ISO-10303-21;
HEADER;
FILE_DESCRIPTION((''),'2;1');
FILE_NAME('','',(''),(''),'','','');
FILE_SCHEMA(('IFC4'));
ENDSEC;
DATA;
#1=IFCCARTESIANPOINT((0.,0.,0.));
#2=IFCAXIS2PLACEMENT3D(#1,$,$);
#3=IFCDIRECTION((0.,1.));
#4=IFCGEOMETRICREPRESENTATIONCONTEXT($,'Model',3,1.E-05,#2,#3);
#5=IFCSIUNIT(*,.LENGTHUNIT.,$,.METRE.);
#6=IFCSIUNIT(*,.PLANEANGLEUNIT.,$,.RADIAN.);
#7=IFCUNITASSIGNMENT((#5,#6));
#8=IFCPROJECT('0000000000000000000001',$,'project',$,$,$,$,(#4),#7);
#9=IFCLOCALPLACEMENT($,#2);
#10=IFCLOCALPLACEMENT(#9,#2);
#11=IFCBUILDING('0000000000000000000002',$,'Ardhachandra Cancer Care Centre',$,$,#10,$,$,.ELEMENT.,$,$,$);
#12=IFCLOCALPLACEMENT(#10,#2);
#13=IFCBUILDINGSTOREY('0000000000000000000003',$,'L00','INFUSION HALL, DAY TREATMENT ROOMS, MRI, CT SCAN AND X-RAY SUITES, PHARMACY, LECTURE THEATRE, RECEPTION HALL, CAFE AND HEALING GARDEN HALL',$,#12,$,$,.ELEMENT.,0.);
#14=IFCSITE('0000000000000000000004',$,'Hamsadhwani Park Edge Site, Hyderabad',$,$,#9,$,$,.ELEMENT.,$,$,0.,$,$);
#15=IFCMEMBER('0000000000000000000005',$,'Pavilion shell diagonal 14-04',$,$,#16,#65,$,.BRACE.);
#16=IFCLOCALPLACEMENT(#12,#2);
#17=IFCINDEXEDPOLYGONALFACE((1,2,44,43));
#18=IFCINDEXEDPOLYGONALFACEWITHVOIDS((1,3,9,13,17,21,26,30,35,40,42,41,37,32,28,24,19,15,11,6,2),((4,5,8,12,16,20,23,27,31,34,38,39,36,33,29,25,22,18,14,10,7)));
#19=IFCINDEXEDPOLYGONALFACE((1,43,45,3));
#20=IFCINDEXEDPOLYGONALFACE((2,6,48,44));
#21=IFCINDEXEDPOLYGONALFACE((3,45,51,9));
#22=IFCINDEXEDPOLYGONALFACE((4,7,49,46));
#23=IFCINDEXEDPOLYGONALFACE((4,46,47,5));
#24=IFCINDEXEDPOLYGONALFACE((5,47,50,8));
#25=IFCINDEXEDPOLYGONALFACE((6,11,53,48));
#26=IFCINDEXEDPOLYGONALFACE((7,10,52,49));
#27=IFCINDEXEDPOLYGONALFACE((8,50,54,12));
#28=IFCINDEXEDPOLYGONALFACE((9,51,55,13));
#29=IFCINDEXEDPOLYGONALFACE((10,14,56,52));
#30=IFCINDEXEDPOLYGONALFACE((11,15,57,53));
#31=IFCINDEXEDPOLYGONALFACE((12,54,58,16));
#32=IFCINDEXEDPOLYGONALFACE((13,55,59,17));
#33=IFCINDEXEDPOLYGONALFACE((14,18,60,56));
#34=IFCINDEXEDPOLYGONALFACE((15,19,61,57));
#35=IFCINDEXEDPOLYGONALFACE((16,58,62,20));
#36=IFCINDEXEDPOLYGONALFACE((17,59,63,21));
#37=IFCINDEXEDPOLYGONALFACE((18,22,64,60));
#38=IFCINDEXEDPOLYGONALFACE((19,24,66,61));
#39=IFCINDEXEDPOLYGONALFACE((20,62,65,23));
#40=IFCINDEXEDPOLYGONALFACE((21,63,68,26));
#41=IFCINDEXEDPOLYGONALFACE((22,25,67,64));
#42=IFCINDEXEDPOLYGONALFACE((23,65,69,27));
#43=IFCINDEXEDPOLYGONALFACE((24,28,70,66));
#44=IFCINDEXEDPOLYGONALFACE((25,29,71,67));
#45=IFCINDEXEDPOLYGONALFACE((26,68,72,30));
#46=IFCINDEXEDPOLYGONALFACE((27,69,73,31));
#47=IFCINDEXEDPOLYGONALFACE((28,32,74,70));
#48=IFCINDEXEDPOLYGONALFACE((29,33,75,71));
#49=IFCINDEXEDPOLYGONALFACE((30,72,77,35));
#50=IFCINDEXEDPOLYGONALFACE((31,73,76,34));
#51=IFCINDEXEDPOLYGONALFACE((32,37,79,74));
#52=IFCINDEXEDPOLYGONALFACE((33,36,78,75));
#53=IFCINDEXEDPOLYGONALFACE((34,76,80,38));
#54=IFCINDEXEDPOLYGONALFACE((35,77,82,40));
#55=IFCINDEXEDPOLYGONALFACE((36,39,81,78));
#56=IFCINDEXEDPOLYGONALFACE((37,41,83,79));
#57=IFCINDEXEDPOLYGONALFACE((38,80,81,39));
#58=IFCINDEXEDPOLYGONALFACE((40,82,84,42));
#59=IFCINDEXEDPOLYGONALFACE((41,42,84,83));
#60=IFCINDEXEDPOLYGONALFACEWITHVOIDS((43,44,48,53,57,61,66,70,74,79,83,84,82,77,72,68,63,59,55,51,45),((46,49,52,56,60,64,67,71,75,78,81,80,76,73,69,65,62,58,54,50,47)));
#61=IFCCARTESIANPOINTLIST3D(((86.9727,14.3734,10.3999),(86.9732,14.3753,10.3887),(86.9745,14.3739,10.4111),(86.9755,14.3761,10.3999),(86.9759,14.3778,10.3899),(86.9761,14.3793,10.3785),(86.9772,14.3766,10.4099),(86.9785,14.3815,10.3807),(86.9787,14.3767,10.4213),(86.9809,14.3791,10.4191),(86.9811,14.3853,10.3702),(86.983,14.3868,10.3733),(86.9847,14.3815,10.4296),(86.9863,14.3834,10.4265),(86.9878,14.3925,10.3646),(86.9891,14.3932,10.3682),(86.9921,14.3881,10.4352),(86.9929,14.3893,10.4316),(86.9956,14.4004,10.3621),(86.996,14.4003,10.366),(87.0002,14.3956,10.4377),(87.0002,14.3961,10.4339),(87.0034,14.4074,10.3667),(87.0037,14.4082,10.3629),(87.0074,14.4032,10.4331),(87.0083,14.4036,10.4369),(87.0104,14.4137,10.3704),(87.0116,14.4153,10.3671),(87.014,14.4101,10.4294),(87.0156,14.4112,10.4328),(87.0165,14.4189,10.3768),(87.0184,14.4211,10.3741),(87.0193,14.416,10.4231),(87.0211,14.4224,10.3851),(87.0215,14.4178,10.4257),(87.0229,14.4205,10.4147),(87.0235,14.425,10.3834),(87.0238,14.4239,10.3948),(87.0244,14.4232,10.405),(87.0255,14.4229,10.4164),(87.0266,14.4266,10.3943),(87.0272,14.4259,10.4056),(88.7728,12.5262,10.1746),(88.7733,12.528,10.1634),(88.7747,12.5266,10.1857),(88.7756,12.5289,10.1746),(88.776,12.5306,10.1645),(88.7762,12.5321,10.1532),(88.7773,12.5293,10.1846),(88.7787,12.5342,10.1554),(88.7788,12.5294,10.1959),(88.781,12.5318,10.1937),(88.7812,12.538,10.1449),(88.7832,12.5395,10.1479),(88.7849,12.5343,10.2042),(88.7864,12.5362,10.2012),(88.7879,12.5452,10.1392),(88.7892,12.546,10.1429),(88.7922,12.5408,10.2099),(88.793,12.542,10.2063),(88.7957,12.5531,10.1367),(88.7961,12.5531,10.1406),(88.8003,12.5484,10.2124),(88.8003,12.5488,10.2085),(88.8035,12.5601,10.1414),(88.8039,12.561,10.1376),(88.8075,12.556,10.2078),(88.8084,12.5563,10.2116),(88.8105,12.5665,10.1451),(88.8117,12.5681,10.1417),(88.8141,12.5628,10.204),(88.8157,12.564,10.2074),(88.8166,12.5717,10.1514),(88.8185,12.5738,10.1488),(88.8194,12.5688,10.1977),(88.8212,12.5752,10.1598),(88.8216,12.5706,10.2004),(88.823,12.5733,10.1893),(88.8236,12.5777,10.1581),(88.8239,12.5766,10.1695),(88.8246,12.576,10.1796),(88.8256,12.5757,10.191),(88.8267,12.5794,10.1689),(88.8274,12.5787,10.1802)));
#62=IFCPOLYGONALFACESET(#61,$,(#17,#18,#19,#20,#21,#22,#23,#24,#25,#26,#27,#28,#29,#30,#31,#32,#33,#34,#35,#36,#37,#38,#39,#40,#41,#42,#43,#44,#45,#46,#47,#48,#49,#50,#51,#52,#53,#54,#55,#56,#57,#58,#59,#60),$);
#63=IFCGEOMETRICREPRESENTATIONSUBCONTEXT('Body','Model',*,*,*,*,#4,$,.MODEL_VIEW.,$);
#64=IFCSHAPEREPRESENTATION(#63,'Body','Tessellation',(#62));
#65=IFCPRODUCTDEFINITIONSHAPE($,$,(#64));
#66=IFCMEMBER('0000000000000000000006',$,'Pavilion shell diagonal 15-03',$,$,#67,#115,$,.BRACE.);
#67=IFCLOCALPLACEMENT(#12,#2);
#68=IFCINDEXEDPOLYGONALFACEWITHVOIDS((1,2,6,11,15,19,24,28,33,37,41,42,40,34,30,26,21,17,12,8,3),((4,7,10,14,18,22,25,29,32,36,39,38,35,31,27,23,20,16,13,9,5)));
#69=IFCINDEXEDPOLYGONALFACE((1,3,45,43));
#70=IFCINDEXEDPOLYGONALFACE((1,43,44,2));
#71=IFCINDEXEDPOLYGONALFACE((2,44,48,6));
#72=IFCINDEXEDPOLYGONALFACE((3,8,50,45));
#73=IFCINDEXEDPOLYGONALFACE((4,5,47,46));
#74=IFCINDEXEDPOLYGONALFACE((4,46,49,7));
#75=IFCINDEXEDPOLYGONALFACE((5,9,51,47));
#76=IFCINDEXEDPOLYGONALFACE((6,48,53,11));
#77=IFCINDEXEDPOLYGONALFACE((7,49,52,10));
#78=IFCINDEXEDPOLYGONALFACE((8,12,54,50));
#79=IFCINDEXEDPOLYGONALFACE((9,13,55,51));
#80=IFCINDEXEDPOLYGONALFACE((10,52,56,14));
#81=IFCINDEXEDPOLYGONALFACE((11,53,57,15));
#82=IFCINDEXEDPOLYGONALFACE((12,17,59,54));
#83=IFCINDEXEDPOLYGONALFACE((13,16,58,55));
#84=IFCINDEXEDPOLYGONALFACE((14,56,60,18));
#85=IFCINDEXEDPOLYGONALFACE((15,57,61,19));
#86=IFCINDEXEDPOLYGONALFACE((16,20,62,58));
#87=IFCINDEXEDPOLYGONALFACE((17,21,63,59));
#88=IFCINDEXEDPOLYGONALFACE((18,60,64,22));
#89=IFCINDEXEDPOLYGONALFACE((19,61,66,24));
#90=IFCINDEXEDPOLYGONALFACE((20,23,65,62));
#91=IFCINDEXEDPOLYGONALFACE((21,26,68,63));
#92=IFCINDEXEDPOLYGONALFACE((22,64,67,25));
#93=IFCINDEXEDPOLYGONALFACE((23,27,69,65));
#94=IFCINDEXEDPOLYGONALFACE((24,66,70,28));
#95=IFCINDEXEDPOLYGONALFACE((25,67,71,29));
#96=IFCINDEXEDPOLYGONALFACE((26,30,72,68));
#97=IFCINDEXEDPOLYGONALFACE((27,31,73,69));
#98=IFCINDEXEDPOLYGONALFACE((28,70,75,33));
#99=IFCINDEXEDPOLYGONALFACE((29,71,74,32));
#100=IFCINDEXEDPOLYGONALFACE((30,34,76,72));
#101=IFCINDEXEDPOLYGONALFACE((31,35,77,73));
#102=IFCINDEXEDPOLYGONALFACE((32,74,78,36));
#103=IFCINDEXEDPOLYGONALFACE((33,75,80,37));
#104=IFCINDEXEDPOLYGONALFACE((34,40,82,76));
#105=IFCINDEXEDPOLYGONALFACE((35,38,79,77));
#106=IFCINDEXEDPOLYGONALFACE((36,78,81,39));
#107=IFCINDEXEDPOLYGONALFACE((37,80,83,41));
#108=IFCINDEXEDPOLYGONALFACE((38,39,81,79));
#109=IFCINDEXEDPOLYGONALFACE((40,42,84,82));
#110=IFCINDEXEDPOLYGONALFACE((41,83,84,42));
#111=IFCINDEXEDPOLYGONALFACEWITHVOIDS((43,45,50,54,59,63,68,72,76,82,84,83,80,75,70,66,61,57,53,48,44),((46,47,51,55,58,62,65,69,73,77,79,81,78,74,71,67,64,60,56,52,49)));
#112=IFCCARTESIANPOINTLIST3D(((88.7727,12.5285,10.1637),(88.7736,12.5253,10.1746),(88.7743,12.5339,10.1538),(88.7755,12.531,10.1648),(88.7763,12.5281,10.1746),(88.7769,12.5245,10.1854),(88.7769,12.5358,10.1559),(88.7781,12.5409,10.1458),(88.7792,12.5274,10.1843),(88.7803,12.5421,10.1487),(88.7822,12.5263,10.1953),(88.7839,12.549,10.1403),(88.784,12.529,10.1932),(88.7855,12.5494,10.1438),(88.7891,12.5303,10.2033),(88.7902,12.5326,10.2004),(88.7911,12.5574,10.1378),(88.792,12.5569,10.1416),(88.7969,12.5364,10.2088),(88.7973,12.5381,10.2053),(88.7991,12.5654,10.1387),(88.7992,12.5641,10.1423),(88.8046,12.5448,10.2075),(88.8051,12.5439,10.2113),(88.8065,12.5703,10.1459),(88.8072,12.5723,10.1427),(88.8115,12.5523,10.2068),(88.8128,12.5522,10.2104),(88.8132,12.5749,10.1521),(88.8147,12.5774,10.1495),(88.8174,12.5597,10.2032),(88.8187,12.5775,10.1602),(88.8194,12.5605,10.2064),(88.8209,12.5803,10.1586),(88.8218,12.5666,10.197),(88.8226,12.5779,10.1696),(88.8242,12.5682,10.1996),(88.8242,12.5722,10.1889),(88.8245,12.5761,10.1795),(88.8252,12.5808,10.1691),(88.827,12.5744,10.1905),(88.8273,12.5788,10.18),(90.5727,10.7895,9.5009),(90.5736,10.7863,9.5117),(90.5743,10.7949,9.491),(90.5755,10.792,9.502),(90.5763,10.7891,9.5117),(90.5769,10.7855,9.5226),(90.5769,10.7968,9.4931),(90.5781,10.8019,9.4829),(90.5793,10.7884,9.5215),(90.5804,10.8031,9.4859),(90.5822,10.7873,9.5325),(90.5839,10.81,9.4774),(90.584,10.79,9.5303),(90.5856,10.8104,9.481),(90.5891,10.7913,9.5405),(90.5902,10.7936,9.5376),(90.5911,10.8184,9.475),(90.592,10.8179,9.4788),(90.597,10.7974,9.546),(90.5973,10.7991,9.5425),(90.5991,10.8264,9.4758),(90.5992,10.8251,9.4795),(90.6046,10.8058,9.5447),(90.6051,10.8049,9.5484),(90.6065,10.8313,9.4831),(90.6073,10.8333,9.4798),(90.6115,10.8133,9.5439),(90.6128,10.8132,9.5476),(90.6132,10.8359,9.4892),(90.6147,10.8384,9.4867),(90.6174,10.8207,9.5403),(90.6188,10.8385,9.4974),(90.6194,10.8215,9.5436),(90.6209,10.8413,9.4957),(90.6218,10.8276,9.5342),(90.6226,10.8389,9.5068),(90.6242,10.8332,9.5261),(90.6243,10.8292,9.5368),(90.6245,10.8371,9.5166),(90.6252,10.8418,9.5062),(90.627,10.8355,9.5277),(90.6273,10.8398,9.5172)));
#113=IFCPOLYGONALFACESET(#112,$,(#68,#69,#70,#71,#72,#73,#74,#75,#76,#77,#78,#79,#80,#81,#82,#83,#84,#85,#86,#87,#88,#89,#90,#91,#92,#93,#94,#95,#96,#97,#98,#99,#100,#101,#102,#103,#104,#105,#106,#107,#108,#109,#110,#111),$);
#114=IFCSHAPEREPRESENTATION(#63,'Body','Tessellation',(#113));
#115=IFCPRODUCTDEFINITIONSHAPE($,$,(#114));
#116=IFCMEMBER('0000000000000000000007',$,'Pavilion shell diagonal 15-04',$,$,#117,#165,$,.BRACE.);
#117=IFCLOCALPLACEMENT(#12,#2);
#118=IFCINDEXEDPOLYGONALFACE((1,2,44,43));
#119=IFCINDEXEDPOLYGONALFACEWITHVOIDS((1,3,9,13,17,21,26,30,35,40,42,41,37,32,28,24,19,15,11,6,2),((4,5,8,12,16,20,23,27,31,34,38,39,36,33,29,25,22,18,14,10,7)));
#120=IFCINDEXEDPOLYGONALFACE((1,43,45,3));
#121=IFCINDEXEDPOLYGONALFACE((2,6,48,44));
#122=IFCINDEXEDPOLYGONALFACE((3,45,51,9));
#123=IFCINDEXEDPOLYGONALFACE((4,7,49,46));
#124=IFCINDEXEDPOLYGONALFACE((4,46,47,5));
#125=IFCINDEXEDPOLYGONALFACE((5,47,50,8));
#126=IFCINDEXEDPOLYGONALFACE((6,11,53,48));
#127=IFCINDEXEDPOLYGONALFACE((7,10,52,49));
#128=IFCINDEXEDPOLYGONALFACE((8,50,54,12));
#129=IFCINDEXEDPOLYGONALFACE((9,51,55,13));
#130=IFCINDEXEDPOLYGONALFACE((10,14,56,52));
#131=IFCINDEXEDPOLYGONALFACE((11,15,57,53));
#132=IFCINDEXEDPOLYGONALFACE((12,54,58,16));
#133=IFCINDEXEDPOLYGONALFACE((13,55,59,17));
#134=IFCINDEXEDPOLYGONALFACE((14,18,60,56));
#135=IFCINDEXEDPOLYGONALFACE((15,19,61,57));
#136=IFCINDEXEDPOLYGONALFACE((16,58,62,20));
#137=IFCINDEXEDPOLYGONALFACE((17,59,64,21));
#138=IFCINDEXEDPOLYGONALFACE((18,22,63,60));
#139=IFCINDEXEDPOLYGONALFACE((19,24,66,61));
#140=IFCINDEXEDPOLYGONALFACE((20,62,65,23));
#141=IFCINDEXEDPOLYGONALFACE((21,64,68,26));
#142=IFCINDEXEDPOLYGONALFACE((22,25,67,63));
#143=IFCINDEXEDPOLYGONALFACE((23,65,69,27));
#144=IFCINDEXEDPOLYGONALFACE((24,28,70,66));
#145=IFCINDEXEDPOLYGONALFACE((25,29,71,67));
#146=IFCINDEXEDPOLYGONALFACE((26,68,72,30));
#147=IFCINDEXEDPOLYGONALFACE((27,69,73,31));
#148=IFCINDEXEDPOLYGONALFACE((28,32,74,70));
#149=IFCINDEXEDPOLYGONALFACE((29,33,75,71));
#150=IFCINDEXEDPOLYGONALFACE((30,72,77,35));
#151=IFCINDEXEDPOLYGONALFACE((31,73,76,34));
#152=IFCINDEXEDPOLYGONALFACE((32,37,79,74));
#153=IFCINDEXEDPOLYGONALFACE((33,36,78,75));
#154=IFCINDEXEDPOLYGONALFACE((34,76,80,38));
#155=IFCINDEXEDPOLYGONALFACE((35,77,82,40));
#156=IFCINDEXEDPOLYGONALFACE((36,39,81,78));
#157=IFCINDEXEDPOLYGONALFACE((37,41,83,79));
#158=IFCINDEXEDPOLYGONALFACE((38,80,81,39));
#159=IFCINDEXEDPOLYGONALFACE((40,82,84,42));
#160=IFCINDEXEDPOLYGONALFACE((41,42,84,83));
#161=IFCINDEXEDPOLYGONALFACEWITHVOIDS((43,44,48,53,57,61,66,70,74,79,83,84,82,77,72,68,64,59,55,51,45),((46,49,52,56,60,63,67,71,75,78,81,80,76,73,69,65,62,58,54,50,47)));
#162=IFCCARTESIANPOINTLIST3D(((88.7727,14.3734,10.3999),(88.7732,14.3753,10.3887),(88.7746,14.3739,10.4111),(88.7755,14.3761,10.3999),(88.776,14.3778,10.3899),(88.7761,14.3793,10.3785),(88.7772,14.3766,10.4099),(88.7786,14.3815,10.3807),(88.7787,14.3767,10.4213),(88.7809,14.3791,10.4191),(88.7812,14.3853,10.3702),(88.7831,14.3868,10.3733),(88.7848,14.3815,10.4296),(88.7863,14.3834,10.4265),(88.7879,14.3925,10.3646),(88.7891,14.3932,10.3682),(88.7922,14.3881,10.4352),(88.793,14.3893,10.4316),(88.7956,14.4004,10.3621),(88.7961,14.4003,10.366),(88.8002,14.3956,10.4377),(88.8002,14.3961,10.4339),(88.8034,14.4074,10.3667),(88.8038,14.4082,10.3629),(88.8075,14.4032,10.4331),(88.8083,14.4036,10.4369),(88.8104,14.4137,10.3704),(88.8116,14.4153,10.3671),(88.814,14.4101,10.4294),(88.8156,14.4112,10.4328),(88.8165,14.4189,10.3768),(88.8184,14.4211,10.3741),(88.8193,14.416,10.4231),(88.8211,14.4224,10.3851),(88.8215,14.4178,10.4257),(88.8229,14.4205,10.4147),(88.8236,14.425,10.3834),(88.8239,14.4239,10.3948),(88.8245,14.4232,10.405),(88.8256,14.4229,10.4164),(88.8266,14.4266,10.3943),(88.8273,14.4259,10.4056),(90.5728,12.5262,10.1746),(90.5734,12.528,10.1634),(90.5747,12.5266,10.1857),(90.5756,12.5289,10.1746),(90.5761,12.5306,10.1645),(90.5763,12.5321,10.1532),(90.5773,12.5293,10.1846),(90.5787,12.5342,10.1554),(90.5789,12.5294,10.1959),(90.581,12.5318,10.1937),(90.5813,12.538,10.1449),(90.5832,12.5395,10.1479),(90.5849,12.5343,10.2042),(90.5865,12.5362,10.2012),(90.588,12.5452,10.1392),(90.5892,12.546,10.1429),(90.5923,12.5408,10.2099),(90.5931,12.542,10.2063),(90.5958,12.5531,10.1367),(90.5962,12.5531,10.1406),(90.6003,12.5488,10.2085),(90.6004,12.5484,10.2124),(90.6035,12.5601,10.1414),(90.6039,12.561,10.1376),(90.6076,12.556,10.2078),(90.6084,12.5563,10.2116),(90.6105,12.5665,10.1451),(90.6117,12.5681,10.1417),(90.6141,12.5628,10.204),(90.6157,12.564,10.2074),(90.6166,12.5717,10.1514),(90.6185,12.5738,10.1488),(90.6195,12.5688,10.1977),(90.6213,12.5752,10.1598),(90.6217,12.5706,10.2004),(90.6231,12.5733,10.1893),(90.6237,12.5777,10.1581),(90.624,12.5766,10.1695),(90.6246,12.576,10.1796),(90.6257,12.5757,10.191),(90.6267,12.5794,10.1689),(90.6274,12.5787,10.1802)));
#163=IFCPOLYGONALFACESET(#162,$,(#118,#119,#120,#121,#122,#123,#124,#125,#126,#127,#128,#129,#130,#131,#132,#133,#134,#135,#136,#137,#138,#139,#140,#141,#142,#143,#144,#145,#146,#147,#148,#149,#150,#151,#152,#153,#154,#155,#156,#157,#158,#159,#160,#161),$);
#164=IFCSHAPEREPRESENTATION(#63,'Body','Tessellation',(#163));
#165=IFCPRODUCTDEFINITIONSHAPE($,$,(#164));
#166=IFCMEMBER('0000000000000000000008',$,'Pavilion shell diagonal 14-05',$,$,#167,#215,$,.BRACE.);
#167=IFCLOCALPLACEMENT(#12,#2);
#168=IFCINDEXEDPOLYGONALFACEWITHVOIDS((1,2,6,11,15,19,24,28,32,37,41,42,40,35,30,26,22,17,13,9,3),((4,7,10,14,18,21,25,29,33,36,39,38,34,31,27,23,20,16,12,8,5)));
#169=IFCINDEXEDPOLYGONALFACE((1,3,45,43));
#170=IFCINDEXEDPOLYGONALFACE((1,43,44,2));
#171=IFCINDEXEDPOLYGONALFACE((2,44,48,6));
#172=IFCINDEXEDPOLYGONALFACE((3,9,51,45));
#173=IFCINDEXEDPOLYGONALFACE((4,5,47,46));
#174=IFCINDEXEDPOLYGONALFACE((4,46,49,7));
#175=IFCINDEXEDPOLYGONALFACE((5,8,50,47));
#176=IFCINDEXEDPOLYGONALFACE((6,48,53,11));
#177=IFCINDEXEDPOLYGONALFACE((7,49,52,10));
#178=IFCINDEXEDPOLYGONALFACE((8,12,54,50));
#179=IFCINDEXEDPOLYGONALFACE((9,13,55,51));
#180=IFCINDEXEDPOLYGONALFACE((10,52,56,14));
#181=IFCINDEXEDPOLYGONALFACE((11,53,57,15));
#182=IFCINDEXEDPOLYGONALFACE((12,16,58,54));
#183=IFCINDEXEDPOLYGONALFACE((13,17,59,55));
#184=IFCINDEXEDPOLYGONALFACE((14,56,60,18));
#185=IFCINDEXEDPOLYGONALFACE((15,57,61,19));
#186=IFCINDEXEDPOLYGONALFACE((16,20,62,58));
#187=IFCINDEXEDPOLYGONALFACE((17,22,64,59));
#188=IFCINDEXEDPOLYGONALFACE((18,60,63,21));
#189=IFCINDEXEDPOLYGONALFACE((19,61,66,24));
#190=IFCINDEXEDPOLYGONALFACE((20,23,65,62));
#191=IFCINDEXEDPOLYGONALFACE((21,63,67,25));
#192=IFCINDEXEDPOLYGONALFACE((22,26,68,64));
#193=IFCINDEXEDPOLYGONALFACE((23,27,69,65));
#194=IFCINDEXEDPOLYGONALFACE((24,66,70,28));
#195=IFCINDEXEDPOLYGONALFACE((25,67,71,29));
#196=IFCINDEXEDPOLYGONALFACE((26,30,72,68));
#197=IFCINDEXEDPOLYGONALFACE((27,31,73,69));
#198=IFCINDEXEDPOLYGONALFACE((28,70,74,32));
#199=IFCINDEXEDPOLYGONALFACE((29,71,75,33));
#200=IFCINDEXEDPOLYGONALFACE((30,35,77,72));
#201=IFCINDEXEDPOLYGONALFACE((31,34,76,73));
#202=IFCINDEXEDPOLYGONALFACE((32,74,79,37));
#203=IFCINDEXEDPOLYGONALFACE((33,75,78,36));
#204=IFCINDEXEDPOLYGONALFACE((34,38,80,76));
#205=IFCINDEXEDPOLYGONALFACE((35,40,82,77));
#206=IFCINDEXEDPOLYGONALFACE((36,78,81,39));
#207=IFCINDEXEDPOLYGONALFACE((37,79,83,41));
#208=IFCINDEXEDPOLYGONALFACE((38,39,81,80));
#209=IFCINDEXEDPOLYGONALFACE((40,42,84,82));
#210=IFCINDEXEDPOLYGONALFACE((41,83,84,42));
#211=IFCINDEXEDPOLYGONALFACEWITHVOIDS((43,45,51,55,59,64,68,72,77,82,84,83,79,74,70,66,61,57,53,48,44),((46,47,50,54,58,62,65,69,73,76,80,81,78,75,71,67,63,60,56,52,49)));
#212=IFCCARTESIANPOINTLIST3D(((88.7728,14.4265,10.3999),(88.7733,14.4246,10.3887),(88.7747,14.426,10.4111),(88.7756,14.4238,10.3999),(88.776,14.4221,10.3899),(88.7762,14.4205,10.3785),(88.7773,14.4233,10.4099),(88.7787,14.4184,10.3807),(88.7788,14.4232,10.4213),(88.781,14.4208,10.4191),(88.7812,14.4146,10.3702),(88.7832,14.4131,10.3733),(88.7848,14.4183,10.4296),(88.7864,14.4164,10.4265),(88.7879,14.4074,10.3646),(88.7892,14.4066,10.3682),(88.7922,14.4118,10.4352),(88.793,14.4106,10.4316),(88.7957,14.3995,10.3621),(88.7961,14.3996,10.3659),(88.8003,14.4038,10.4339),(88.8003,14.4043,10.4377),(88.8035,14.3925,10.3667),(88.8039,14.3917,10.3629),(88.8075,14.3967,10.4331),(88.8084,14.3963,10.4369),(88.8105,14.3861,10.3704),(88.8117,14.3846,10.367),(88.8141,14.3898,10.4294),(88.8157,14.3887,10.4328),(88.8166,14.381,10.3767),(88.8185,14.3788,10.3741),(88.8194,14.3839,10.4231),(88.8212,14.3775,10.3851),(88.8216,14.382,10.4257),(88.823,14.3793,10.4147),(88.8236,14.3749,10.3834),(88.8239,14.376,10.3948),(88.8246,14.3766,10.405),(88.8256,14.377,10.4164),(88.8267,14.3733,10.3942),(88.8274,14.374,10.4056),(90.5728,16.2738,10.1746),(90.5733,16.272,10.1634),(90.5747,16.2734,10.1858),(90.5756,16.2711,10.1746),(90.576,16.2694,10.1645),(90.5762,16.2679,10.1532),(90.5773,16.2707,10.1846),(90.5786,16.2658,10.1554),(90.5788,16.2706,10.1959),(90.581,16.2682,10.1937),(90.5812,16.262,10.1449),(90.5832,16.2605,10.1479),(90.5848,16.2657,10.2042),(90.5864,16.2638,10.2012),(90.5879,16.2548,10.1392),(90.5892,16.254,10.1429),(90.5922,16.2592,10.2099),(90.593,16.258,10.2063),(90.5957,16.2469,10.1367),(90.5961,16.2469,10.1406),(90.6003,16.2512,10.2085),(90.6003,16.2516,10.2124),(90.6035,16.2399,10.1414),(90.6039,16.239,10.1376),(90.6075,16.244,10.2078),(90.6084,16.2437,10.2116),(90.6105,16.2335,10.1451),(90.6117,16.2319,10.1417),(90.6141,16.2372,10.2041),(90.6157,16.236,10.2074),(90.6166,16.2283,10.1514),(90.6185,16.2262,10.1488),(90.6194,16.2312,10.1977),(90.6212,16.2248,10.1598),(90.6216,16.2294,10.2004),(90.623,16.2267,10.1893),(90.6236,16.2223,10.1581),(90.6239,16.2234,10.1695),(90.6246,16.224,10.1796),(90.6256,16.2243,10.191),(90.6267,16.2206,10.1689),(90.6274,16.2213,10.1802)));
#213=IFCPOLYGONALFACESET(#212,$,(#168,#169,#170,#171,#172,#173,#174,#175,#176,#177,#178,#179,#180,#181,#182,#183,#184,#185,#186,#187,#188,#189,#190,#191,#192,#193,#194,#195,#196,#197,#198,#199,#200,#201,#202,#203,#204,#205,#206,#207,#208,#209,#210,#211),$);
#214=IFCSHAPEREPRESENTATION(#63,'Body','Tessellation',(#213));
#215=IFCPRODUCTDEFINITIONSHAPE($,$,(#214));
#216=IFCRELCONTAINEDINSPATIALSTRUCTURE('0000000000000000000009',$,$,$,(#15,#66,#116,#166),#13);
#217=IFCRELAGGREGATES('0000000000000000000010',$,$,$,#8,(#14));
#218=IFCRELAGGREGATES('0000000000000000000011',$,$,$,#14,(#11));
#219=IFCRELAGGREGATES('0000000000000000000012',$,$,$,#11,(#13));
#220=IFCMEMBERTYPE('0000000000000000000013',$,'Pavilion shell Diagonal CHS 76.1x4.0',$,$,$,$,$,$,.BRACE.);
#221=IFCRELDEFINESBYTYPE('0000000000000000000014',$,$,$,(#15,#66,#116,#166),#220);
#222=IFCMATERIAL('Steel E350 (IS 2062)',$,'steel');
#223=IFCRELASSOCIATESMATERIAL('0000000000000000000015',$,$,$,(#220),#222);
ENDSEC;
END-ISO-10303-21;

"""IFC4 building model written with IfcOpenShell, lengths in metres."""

from ifc_helpers import new_model, si_unit, direction, frame, origin, origin_2d, place, context, subcontext, project, spatial, hollow_circle, extrude, material, material_profile, profile_set, type_object, element, save


model = new_model("IFC4")

# Units and contexts
model_context = context("Model", 3, precision=1e-05, world=origin(), true_north=direction((0.0, 1.0)))
body_context = subcontext(model_context, "Body", "Model", "MODEL_VIEW")
ifc_project = project(units=[si_unit("LENGTHUNIT", "METRE"), si_unit("PLANEANGLEUNIT", "RADIAN")], contexts=[model_context])

# Site, building, storey
site_placement = place(None, origin())
site = spatial("IfcSite", under=ifc_project, at=site_placement, Name="Hamsadhwani Park Edge Site, Hyderabad", CompositionType="ELEMENT", RefElevation=0.0)
building_placement = place(site_placement, origin())
building = spatial("IfcBuilding", under=site, at=building_placement, Name="Ardhachandra Cancer Care Centre", CompositionType="ELEMENT")
storey_placement = place(building_placement, origin())
storey = spatial("IfcBuildingStorey", under=building, at=storey_placement, Name="L00", Description="INFUSION HALL, DAY TREATMENT ROOMS, MRI, CT SCAN AND X-RAY SUITES, PHARMACY, LECTURE THEATRE, RECEPTION HALL, CAFE AND HEALING GARDEN HALL", CompositionType="ELEMENT", Elevation=0.0)

# Members
ifc_material_1 = material(Name="Steel E350 (IS 2062)", Category="steel")
ifc_material_profile_1 = material_profile(ifc_material_1, hollow_circle(Radius=0.0381, WallThickness=0.0039, at=origin_2d()), Name="CHS 76.1x4.0")
ifc_profile_set_1 = profile_set([ifc_material_profile_1], Name="Steel E350 (IS 2062)")
member_type_1 = type_object("IfcMemberType", Name="Pavilion shell Diagonal CHS 76.1x4.0", PredefinedType="BRACE", material=ifc_profile_set_1)
for number, where, z_axis, x_axis, name in (
    (1, (88.8, 12.5527, 10.1746), (-0.695265, 0.713464, 0.087038), (-0.716182, -0.697913, 0.0), "Pavilion shell diagonal 14-04"),
    (2, (90.6001, 10.8137, 9.5117), (-0.695227, 0.671654, 0.256007), (-0.694809, -0.719195, 0.0), "Pavilion shell diagonal 15-03"),
    (3, (90.6001, 12.5527, 10.1746), (-0.695265, 0.713464, 0.087038), (-0.716182, -0.697913, 0.0), "Pavilion shell diagonal 15-04"),
    (4, (88.8, 14.3999, 10.3999), (0.695218, 0.713511, -0.087032), (-0.716228, 0.697866, 0.0), "Pavilion shell diagonal 14-05"),
):
    element("IfcMember", number, at=place(storey_placement, frame(where, z_axis=z_axis, x_axis=x_axis)), inside=storey, type_object=member_type_1, Name=name, PredefinedType="BRACE", context=body_context, shape_type="SweptSolid", body=[
        extrude(hollow_circle(Radius=0.0381, WallThickness=0.0039, at=origin_2d()), origin(), (0.0, 0.0, 1.0), 2.5891),
    ])

save(model, "model.ifc")
